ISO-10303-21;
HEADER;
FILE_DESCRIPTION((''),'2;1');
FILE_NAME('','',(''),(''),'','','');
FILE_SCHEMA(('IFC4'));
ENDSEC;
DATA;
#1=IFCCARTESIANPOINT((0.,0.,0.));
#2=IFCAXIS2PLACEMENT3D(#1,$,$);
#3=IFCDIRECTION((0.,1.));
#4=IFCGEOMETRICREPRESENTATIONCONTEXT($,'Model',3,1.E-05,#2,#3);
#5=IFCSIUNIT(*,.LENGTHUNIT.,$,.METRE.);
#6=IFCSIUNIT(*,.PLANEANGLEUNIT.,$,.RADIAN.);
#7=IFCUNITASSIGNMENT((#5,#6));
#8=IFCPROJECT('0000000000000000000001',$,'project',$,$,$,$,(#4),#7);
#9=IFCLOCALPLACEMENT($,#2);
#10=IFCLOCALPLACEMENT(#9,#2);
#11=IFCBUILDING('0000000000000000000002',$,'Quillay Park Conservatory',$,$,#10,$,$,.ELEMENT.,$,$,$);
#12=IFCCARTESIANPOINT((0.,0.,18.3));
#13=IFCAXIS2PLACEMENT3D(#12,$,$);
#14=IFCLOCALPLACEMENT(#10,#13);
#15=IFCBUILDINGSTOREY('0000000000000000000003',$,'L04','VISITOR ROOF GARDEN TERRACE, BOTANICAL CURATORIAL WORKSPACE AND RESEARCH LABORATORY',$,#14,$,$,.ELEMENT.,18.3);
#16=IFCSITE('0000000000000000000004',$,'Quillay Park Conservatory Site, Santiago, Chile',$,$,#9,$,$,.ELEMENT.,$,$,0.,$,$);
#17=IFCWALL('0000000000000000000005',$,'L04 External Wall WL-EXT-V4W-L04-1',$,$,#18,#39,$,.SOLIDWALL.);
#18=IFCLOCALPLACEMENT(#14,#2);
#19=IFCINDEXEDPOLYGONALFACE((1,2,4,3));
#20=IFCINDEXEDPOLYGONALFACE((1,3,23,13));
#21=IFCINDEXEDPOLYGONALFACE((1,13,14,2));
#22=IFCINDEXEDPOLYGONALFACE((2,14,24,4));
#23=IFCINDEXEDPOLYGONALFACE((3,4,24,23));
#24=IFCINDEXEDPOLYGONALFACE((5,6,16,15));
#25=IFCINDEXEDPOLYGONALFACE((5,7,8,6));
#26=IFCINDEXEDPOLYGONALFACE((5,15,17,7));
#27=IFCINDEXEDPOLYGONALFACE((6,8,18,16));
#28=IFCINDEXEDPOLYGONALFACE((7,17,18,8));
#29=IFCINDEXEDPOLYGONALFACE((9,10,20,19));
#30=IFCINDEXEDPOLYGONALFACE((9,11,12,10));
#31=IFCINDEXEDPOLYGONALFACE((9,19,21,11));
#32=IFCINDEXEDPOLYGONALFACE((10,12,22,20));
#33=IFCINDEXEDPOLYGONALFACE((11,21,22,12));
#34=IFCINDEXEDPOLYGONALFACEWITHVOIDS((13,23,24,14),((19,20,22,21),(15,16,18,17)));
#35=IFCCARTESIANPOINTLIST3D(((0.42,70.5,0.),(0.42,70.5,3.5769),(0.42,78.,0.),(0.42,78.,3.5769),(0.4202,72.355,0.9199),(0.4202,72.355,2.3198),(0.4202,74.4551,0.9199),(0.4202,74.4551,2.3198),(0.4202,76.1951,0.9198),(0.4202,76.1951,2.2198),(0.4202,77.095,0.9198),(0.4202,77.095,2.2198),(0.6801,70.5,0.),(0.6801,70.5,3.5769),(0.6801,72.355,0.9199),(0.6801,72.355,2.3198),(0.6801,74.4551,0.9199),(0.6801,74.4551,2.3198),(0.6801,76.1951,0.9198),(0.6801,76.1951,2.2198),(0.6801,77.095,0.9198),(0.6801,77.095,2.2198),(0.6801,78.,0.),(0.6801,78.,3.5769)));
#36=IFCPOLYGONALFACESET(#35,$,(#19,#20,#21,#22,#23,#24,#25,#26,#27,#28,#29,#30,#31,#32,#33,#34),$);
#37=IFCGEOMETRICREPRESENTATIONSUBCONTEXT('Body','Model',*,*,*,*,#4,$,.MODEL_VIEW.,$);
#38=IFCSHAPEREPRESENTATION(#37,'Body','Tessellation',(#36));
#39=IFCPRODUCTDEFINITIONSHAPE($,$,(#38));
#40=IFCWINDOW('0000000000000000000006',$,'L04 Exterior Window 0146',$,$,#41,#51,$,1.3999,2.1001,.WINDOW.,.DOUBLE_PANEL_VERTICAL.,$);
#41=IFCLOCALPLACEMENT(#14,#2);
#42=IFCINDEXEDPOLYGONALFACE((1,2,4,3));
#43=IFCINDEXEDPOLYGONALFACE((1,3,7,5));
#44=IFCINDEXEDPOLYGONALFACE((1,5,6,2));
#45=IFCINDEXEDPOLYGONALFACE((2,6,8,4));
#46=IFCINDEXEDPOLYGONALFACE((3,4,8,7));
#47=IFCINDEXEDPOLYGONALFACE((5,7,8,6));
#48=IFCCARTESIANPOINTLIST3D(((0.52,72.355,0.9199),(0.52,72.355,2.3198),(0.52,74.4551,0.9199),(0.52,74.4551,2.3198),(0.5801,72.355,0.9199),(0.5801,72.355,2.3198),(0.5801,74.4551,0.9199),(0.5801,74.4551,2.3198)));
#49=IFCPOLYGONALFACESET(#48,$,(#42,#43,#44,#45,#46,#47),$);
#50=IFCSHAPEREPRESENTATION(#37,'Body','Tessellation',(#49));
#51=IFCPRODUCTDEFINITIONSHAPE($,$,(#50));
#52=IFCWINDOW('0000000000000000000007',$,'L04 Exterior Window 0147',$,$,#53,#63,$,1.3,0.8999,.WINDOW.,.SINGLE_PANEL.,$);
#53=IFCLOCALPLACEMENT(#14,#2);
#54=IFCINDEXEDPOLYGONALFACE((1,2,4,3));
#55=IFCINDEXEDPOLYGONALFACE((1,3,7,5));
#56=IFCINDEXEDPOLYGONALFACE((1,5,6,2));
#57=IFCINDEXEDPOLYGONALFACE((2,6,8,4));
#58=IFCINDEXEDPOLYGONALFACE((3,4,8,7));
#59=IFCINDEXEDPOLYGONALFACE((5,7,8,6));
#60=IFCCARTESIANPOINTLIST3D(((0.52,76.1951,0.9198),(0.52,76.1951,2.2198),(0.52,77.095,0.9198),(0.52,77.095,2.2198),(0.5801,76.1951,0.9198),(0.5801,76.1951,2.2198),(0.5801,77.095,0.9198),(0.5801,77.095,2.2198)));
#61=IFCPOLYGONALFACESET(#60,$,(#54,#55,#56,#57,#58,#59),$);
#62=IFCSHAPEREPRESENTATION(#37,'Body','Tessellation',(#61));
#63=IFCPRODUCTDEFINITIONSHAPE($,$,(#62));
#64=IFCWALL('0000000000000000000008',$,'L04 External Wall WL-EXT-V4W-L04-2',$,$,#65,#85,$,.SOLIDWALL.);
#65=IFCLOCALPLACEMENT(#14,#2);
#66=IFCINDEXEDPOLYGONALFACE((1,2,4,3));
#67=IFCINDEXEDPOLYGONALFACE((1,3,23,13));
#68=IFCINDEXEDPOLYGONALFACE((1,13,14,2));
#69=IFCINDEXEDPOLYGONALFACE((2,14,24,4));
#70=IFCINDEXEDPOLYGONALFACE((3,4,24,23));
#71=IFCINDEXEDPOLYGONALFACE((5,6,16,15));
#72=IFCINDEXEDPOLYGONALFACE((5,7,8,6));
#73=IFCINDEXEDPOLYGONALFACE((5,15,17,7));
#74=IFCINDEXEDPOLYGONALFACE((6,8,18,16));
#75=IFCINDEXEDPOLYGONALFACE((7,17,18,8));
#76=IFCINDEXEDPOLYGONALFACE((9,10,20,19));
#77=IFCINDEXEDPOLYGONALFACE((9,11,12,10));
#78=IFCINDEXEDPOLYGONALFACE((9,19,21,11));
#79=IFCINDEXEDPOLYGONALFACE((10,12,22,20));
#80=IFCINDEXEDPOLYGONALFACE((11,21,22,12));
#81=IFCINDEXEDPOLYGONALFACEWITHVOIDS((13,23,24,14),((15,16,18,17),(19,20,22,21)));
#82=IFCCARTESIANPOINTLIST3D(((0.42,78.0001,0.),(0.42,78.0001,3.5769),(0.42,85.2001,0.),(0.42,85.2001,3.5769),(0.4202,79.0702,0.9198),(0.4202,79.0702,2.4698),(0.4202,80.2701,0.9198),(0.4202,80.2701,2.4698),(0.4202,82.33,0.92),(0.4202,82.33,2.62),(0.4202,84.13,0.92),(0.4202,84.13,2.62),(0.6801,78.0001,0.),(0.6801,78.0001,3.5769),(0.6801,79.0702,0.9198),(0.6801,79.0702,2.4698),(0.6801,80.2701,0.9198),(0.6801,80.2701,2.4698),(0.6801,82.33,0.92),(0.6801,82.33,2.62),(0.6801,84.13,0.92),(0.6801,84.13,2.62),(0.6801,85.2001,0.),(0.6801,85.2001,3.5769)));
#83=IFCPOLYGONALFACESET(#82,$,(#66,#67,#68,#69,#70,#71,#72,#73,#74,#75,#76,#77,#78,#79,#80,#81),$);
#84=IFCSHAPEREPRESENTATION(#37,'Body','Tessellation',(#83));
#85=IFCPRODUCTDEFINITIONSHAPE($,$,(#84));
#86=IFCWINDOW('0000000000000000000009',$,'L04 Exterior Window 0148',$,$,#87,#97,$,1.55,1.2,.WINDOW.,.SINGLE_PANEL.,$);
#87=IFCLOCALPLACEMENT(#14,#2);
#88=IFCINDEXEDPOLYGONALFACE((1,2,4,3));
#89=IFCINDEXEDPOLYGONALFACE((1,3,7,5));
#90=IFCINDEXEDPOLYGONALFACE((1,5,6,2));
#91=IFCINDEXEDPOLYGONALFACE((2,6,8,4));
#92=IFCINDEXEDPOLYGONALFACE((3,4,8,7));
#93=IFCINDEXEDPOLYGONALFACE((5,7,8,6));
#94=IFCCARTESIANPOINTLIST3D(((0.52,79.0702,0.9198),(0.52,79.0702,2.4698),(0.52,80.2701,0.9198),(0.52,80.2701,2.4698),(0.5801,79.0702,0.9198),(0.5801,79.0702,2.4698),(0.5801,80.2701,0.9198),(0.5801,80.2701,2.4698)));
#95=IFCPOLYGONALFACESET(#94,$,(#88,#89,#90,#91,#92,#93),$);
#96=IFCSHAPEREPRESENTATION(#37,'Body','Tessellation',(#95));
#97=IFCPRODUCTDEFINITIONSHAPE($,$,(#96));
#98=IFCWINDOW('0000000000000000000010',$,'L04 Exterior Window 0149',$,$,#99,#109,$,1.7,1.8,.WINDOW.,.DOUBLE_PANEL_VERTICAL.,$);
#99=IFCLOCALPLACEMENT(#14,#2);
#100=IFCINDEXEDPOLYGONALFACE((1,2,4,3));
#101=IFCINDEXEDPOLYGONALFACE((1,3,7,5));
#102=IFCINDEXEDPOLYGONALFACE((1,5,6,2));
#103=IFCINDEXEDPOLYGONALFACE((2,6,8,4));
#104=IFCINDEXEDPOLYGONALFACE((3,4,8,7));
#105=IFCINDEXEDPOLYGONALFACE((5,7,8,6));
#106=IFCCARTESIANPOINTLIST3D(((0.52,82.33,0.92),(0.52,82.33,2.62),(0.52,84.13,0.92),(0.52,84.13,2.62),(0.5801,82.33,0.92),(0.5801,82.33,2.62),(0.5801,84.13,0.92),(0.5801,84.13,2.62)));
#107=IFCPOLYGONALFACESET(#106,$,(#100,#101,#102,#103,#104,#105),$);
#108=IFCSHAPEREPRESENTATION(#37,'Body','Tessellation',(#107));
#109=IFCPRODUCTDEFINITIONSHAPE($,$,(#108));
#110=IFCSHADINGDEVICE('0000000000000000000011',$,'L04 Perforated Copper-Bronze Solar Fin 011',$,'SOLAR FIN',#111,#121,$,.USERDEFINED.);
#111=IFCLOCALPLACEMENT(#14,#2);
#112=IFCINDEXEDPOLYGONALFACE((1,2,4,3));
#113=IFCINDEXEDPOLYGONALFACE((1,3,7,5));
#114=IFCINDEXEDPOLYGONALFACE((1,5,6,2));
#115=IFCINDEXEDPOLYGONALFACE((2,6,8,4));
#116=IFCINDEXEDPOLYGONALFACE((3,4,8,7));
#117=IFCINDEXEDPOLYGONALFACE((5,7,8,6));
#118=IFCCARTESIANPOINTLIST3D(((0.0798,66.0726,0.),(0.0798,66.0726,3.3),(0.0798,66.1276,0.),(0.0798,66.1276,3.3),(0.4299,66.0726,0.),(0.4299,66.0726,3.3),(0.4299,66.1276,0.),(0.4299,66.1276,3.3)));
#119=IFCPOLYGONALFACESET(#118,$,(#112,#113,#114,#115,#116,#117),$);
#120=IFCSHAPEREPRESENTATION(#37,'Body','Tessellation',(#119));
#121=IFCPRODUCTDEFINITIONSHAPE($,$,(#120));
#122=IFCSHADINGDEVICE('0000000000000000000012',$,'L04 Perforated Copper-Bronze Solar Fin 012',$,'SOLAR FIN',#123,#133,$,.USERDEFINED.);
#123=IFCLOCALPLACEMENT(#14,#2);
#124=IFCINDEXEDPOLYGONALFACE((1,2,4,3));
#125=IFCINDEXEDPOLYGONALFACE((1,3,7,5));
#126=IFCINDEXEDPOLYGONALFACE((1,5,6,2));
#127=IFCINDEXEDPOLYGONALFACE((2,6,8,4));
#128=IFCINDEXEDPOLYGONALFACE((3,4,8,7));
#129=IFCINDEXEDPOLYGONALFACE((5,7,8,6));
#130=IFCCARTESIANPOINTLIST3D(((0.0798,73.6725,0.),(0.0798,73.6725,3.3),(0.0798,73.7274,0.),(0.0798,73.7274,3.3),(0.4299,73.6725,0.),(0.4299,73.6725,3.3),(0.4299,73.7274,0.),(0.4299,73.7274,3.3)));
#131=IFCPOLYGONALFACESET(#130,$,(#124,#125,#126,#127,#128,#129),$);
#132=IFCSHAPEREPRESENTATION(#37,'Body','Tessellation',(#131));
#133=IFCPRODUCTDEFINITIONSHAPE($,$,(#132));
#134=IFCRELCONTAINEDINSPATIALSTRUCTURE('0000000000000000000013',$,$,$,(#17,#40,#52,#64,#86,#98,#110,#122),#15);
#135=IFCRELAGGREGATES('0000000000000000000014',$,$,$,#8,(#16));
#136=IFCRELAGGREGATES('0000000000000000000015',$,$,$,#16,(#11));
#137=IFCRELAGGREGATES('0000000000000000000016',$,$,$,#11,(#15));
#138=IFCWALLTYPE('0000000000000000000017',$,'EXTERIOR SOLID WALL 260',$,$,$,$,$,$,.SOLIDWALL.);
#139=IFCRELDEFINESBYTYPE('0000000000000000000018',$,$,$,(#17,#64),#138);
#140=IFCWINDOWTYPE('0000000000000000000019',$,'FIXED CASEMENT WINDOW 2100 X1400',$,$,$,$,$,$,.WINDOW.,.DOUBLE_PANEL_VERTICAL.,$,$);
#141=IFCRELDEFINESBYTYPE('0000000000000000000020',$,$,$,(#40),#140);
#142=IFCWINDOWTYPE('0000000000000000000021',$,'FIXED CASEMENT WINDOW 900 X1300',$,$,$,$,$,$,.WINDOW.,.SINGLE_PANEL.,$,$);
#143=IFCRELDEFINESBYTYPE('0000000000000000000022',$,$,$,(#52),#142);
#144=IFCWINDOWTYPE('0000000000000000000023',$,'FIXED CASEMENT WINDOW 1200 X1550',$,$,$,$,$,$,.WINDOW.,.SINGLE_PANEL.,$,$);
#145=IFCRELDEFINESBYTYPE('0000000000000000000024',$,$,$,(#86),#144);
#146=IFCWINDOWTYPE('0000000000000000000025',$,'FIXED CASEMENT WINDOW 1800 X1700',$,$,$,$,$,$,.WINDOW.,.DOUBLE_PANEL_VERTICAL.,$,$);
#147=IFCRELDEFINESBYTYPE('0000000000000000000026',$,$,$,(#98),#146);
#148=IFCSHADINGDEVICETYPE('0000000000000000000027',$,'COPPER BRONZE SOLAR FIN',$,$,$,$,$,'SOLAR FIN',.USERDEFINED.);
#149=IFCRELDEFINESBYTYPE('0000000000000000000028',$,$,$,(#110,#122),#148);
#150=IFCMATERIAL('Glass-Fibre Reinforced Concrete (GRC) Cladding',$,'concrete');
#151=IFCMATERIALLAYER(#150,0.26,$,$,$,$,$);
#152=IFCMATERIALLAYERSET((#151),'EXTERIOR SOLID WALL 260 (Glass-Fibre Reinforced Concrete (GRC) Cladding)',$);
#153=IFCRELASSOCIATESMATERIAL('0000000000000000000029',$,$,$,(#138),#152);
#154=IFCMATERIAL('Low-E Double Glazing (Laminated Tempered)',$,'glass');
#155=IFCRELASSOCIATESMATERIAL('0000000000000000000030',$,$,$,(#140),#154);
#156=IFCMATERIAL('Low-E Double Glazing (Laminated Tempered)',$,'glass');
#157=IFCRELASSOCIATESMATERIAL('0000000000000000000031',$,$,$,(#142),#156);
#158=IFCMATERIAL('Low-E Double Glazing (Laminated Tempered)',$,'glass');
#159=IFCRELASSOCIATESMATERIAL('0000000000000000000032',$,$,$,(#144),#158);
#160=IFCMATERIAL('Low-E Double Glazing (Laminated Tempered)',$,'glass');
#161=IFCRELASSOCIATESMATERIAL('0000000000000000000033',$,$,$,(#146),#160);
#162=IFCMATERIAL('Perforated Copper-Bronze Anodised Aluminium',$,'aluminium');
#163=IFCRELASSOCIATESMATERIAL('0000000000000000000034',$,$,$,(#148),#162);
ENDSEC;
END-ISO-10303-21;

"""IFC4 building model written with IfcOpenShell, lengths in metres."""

from ifc_helpers import new_model, si_unit, direction, frame, frame_2d, origin, origin_2d, place, context, subcontext, project, spatial, rectangle, extrude, material, layer, layer_set, type_object, element, fill, save


model = new_model("IFC4")

# Units and contexts
model_context = context("Model", 3, precision=1e-05, world=origin(), true_north=direction((0.0, 1.0)))
body_context = subcontext(model_context, "Body", "Model", "MODEL_VIEW")
ifc_project = project(units=[si_unit("LENGTHUNIT", "METRE"), si_unit("PLANEANGLEUNIT", "RADIAN")], contexts=[model_context])

# Site, building, storey
site_placement = place(None, origin())
site = spatial("IfcSite", under=ifc_project, at=site_placement, Name="Quillay Park Conservatory Site, Santiago, Chile", CompositionType="ELEMENT", RefElevation=0.0)
building_placement = place(site_placement, origin())
building = spatial("IfcBuilding", under=site, at=building_placement, Name="Quillay Park Conservatory", CompositionType="ELEMENT")
storey_placement = place(building_placement, frame((0.0, 0.0, 18.3)))
storey = spatial("IfcBuildingStorey", under=building, at=storey_placement, Name="L04", Description="VISITOR ROOF GARDEN TERRACE, BOTANICAL CURATORIAL WORKSPACE AND RESEARCH LABORATORY", CompositionType="ELEMENT", Elevation=18.3)

# Walls, openings, windows
ifc_material_1 = material(Name="Glass-Fibre Reinforced Concrete (GRC) Cladding", Category="concrete")
ifc_layer_1 = layer(ifc_material_1, 0.26)
ifc_layer_set_1 = layer_set([ifc_layer_1], Name="EXTERIOR SOLID WALL 260 (Glass-Fibre Reinforced Concrete (GRC) Cladding)")
wall_type_1 = type_object("IfcWallType", Name="EXTERIOR SOLID WALL 260", PredefinedType="SOLIDWALL", material=ifc_layer_set_1)
wall_1_placement = place(storey_placement, frame((0.55, 70.5, 0.0), z_axis=(0.0, 0.0, 1.0), x_axis=(0.0, 1.0, 0.0)))
wall_1 = element("IfcWall", 1, at=wall_1_placement, inside=storey, type_object=wall_type_1, Name="L04 External Wall WL-EXT-V4W-L04-1", PredefinedType="SOLIDWALL", context=body_context, shape_type="SweptSolid", body=[
    extrude(rectangle(XDim=7.5, YDim=0.26, at=frame_2d((3.75, 0.0))), origin(), (0.0, 0.0, 1.0), 3.5769),
])
opening_1_placement = place(wall_1_placement, frame((1.855, 0.0, 0.9199)))
opening_1 = element("IfcOpeningElement", 2, at=opening_1_placement, cuts=wall_1, PredefinedType="OPENING", context=body_context, shape_type="SweptSolid", body=[
    extrude(rectangle(XDim=2.1001, YDim=1.3999, at=frame_2d((1.05, 0.7))), frame((0.0, 0.1299, 0.0), z_axis=(0.0, -1.0, 0.0), x_axis=(1.0, 0.0, 0.0)), (0.0, 0.0, 1.0), 0.26),
])
opening_2_placement = place(wall_1_placement, frame((5.6951, 0.0, 0.9199)))
opening_2 = element("IfcOpeningElement", 3, at=opening_2_placement, cuts=wall_1, PredefinedType="OPENING", context=body_context, shape_type="SweptSolid", body=[
    extrude(rectangle(XDim=0.8999, YDim=1.3, at=frame_2d((0.45, 0.6499))), frame((0.0, 0.1299, 0.0), z_axis=(0.0, -1.0, 0.0), x_axis=(1.0, 0.0, 0.0)), (0.0, 0.0, 1.0), 0.26),
])
ifc_material_2 = material(Name="Low-E Double Glazing (Laminated Tempered)", Category="glass")
window_type_1 = type_object("IfcWindowType", Name="FIXED CASEMENT WINDOW 2100 X1400", PartitioningType="DOUBLE_PANEL_VERTICAL", PredefinedType="WINDOW", material=ifc_material_2)
window_1_placement = place(opening_1_placement, origin())
window_1 = element("IfcWindow", 4, at=window_1_placement, inside=storey, type_object=window_type_1, Name="L04 Exterior Window 0146", OverallHeight=1.3999, OverallWidth=2.1001, PartitioningType="DOUBLE_PANEL_VERTICAL", PredefinedType="WINDOW", context=body_context, shape_type="SweptSolid", body=[
    extrude(rectangle(XDim=2.1001, YDim=1.3999, at=frame_2d((1.05, 0.7))), frame((0.0, 0.03, 0.0), z_axis=(0.0, -1.0, 0.0), x_axis=(1.0, 0.0, 0.0)), (0.0, 0.0, 1.0), 0.0601),
])
fill(opening_1, window_1)
ifc_material_3 = material(Name="Low-E Double Glazing (Laminated Tempered)", Category="glass")
window_type_2 = type_object("IfcWindowType", Name="FIXED CASEMENT WINDOW 900 X1300", PartitioningType="SINGLE_PANEL", PredefinedType="WINDOW", material=ifc_material_3)
window_2_placement = place(opening_2_placement, origin())
window_2 = element("IfcWindow", 5, at=window_2_placement, inside=storey, type_object=window_type_2, Name="L04 Exterior Window 0147", OverallHeight=1.3, OverallWidth=0.8999, PartitioningType="SINGLE_PANEL", PredefinedType="WINDOW", context=body_context, shape_type="SweptSolid", body=[
    extrude(rectangle(XDim=0.8999, YDim=1.3, at=frame_2d((0.45, 0.6499))), frame((0.0, 0.03, 0.0), z_axis=(0.0, -1.0, 0.0), x_axis=(1.0, 0.0, 0.0)), (0.0, 0.0, 1.0), 0.0601),
])
fill(opening_2, window_2)
wall_2_placement = place(storey_placement, frame((0.55, 78.0, 0.0), z_axis=(0.0, 0.0, 1.0), x_axis=(0.0, 1.0, 0.0)))
wall_2 = element("IfcWall", 6, at=wall_2_placement, inside=storey, type_object=wall_type_1, Name="L04 External Wall WL-EXT-V4W-L04-2", PredefinedType="SOLIDWALL", context=body_context, shape_type="SweptSolid", body=[
    extrude(rectangle(XDim=7.2, YDim=0.26, at=frame_2d((3.6001, 0.0))), origin(), (0.0, 0.0, 1.0), 3.5769),
])
opening_3_placement = place(wall_2_placement, frame((1.0701, 0.0, 0.9199)))
opening_3 = element("IfcOpeningElement", 7, at=opening_3_placement, cuts=wall_2, PredefinedType="OPENING", context=body_context, shape_type="SweptSolid", body=[
    extrude(rectangle(XDim=1.2, YDim=1.55, at=frame_2d((0.6001, 0.7749))), frame((0.0, 0.1299, 0.0), z_axis=(0.0, -1.0, 0.0), x_axis=(1.0, 0.0, 0.0)), (0.0, 0.0, 1.0), 0.26),
])
opening_4_placement = place(wall_2_placement, frame((4.3301, 0.0, 0.9199)))
opening_4 = element("IfcOpeningElement", 8, at=opening_4_placement, cuts=wall_2, PredefinedType="OPENING", context=body_context, shape_type="SweptSolid", body=[
    extrude(rectangle(XDim=1.8, YDim=1.7, at=frame_2d((0.8999, 0.8501))), frame((0.0, 0.1299, 0.0), z_axis=(0.0, -1.0, 0.0), x_axis=(1.0, 0.0, 0.0)), (0.0, 0.0, 1.0), 0.26),
])
ifc_material_4 = material(Name="Low-E Double Glazing (Laminated Tempered)", Category="glass")
window_type_3 = type_object("IfcWindowType", Name="FIXED CASEMENT WINDOW 1200 X1550", PartitioningType="SINGLE_PANEL", PredefinedType="WINDOW", material=ifc_material_4)
window_3_placement = place(opening_3_placement, origin())
window_3 = element("IfcWindow", 9, at=window_3_placement, inside=storey, type_object=window_type_3, Name="L04 Exterior Window 0148", OverallHeight=1.55, OverallWidth=1.2, PartitioningType="SINGLE_PANEL", PredefinedType="WINDOW", context=body_context, shape_type="SweptSolid", body=[
    extrude(rectangle(XDim=1.2, YDim=1.55, at=frame_2d((0.6001, 0.7749))), frame((0.0, 0.03, 0.0), z_axis=(0.0, -1.0, 0.0), x_axis=(1.0, 0.0, 0.0)), (0.0, 0.0, 1.0), 0.0601),
])
fill(opening_3, window_3)
ifc_material_5 = material(Name="Low-E Double Glazing (Laminated Tempered)", Category="glass")
window_type_4 = type_object("IfcWindowType", Name="FIXED CASEMENT WINDOW 1800 X1700", PartitioningType="DOUBLE_PANEL_VERTICAL", PredefinedType="WINDOW", material=ifc_material_5)
window_4_placement = place(opening_4_placement, origin())
window_4 = element("IfcWindow", 10, at=window_4_placement, inside=storey, type_object=window_type_4, Name="L04 Exterior Window 0149", OverallHeight=1.7, OverallWidth=1.8, PartitioningType="DOUBLE_PANEL_VERTICAL", PredefinedType="WINDOW", context=body_context, shape_type="SweptSolid", body=[
    extrude(rectangle(XDim=1.8, YDim=1.7, at=frame_2d((0.8999, 0.8501))), frame((0.0, 0.03, 0.0), z_axis=(0.0, -1.0, 0.0), x_axis=(1.0, 0.0, 0.0)), (0.0, 0.0, 1.0), 0.0601),
])
fill(opening_4, window_4)

# Shading devices
ifc_material_6 = material(Name="Perforated Copper-Bronze Anodised Aluminium", Category="aluminium")
shading_device_type = type_object("IfcShadingDeviceType", Name="COPPER BRONZE SOLAR FIN", ElementType="SOLAR FIN", PredefinedType="USERDEFINED", material=ifc_material_6)
for number, where, z_axis, x_axis, name in (
    (11, (0.2549, 66.1001, 0.0), (0.0, 0.0, 1.0), (1.0, 0.0, 0.0), "L04 Perforated Copper-Bronze Solar Fin 011"),
    (12, (0.2549, 73.7, 0.0), (0.0, 0.0, 1.0), (1.0, 0.0, 0.0), "L04 Perforated Copper-Bronze Solar Fin 012"),
):
    element("IfcShadingDevice", number, at=place(storey_placement, frame(where, z_axis=z_axis, x_axis=x_axis)), inside=storey, type_object=shading_device_type, Name=name, ObjectType="SOLAR FIN", PredefinedType="USERDEFINED", context=body_context, shape_type="SweptSolid", body=[
        extrude(rectangle(XDim=0.3501, YDim=0.0549, at=origin_2d()), origin(), (0.0, 0.0, 1.0), 3.3),
    ])

save(model, "model.ifc")
